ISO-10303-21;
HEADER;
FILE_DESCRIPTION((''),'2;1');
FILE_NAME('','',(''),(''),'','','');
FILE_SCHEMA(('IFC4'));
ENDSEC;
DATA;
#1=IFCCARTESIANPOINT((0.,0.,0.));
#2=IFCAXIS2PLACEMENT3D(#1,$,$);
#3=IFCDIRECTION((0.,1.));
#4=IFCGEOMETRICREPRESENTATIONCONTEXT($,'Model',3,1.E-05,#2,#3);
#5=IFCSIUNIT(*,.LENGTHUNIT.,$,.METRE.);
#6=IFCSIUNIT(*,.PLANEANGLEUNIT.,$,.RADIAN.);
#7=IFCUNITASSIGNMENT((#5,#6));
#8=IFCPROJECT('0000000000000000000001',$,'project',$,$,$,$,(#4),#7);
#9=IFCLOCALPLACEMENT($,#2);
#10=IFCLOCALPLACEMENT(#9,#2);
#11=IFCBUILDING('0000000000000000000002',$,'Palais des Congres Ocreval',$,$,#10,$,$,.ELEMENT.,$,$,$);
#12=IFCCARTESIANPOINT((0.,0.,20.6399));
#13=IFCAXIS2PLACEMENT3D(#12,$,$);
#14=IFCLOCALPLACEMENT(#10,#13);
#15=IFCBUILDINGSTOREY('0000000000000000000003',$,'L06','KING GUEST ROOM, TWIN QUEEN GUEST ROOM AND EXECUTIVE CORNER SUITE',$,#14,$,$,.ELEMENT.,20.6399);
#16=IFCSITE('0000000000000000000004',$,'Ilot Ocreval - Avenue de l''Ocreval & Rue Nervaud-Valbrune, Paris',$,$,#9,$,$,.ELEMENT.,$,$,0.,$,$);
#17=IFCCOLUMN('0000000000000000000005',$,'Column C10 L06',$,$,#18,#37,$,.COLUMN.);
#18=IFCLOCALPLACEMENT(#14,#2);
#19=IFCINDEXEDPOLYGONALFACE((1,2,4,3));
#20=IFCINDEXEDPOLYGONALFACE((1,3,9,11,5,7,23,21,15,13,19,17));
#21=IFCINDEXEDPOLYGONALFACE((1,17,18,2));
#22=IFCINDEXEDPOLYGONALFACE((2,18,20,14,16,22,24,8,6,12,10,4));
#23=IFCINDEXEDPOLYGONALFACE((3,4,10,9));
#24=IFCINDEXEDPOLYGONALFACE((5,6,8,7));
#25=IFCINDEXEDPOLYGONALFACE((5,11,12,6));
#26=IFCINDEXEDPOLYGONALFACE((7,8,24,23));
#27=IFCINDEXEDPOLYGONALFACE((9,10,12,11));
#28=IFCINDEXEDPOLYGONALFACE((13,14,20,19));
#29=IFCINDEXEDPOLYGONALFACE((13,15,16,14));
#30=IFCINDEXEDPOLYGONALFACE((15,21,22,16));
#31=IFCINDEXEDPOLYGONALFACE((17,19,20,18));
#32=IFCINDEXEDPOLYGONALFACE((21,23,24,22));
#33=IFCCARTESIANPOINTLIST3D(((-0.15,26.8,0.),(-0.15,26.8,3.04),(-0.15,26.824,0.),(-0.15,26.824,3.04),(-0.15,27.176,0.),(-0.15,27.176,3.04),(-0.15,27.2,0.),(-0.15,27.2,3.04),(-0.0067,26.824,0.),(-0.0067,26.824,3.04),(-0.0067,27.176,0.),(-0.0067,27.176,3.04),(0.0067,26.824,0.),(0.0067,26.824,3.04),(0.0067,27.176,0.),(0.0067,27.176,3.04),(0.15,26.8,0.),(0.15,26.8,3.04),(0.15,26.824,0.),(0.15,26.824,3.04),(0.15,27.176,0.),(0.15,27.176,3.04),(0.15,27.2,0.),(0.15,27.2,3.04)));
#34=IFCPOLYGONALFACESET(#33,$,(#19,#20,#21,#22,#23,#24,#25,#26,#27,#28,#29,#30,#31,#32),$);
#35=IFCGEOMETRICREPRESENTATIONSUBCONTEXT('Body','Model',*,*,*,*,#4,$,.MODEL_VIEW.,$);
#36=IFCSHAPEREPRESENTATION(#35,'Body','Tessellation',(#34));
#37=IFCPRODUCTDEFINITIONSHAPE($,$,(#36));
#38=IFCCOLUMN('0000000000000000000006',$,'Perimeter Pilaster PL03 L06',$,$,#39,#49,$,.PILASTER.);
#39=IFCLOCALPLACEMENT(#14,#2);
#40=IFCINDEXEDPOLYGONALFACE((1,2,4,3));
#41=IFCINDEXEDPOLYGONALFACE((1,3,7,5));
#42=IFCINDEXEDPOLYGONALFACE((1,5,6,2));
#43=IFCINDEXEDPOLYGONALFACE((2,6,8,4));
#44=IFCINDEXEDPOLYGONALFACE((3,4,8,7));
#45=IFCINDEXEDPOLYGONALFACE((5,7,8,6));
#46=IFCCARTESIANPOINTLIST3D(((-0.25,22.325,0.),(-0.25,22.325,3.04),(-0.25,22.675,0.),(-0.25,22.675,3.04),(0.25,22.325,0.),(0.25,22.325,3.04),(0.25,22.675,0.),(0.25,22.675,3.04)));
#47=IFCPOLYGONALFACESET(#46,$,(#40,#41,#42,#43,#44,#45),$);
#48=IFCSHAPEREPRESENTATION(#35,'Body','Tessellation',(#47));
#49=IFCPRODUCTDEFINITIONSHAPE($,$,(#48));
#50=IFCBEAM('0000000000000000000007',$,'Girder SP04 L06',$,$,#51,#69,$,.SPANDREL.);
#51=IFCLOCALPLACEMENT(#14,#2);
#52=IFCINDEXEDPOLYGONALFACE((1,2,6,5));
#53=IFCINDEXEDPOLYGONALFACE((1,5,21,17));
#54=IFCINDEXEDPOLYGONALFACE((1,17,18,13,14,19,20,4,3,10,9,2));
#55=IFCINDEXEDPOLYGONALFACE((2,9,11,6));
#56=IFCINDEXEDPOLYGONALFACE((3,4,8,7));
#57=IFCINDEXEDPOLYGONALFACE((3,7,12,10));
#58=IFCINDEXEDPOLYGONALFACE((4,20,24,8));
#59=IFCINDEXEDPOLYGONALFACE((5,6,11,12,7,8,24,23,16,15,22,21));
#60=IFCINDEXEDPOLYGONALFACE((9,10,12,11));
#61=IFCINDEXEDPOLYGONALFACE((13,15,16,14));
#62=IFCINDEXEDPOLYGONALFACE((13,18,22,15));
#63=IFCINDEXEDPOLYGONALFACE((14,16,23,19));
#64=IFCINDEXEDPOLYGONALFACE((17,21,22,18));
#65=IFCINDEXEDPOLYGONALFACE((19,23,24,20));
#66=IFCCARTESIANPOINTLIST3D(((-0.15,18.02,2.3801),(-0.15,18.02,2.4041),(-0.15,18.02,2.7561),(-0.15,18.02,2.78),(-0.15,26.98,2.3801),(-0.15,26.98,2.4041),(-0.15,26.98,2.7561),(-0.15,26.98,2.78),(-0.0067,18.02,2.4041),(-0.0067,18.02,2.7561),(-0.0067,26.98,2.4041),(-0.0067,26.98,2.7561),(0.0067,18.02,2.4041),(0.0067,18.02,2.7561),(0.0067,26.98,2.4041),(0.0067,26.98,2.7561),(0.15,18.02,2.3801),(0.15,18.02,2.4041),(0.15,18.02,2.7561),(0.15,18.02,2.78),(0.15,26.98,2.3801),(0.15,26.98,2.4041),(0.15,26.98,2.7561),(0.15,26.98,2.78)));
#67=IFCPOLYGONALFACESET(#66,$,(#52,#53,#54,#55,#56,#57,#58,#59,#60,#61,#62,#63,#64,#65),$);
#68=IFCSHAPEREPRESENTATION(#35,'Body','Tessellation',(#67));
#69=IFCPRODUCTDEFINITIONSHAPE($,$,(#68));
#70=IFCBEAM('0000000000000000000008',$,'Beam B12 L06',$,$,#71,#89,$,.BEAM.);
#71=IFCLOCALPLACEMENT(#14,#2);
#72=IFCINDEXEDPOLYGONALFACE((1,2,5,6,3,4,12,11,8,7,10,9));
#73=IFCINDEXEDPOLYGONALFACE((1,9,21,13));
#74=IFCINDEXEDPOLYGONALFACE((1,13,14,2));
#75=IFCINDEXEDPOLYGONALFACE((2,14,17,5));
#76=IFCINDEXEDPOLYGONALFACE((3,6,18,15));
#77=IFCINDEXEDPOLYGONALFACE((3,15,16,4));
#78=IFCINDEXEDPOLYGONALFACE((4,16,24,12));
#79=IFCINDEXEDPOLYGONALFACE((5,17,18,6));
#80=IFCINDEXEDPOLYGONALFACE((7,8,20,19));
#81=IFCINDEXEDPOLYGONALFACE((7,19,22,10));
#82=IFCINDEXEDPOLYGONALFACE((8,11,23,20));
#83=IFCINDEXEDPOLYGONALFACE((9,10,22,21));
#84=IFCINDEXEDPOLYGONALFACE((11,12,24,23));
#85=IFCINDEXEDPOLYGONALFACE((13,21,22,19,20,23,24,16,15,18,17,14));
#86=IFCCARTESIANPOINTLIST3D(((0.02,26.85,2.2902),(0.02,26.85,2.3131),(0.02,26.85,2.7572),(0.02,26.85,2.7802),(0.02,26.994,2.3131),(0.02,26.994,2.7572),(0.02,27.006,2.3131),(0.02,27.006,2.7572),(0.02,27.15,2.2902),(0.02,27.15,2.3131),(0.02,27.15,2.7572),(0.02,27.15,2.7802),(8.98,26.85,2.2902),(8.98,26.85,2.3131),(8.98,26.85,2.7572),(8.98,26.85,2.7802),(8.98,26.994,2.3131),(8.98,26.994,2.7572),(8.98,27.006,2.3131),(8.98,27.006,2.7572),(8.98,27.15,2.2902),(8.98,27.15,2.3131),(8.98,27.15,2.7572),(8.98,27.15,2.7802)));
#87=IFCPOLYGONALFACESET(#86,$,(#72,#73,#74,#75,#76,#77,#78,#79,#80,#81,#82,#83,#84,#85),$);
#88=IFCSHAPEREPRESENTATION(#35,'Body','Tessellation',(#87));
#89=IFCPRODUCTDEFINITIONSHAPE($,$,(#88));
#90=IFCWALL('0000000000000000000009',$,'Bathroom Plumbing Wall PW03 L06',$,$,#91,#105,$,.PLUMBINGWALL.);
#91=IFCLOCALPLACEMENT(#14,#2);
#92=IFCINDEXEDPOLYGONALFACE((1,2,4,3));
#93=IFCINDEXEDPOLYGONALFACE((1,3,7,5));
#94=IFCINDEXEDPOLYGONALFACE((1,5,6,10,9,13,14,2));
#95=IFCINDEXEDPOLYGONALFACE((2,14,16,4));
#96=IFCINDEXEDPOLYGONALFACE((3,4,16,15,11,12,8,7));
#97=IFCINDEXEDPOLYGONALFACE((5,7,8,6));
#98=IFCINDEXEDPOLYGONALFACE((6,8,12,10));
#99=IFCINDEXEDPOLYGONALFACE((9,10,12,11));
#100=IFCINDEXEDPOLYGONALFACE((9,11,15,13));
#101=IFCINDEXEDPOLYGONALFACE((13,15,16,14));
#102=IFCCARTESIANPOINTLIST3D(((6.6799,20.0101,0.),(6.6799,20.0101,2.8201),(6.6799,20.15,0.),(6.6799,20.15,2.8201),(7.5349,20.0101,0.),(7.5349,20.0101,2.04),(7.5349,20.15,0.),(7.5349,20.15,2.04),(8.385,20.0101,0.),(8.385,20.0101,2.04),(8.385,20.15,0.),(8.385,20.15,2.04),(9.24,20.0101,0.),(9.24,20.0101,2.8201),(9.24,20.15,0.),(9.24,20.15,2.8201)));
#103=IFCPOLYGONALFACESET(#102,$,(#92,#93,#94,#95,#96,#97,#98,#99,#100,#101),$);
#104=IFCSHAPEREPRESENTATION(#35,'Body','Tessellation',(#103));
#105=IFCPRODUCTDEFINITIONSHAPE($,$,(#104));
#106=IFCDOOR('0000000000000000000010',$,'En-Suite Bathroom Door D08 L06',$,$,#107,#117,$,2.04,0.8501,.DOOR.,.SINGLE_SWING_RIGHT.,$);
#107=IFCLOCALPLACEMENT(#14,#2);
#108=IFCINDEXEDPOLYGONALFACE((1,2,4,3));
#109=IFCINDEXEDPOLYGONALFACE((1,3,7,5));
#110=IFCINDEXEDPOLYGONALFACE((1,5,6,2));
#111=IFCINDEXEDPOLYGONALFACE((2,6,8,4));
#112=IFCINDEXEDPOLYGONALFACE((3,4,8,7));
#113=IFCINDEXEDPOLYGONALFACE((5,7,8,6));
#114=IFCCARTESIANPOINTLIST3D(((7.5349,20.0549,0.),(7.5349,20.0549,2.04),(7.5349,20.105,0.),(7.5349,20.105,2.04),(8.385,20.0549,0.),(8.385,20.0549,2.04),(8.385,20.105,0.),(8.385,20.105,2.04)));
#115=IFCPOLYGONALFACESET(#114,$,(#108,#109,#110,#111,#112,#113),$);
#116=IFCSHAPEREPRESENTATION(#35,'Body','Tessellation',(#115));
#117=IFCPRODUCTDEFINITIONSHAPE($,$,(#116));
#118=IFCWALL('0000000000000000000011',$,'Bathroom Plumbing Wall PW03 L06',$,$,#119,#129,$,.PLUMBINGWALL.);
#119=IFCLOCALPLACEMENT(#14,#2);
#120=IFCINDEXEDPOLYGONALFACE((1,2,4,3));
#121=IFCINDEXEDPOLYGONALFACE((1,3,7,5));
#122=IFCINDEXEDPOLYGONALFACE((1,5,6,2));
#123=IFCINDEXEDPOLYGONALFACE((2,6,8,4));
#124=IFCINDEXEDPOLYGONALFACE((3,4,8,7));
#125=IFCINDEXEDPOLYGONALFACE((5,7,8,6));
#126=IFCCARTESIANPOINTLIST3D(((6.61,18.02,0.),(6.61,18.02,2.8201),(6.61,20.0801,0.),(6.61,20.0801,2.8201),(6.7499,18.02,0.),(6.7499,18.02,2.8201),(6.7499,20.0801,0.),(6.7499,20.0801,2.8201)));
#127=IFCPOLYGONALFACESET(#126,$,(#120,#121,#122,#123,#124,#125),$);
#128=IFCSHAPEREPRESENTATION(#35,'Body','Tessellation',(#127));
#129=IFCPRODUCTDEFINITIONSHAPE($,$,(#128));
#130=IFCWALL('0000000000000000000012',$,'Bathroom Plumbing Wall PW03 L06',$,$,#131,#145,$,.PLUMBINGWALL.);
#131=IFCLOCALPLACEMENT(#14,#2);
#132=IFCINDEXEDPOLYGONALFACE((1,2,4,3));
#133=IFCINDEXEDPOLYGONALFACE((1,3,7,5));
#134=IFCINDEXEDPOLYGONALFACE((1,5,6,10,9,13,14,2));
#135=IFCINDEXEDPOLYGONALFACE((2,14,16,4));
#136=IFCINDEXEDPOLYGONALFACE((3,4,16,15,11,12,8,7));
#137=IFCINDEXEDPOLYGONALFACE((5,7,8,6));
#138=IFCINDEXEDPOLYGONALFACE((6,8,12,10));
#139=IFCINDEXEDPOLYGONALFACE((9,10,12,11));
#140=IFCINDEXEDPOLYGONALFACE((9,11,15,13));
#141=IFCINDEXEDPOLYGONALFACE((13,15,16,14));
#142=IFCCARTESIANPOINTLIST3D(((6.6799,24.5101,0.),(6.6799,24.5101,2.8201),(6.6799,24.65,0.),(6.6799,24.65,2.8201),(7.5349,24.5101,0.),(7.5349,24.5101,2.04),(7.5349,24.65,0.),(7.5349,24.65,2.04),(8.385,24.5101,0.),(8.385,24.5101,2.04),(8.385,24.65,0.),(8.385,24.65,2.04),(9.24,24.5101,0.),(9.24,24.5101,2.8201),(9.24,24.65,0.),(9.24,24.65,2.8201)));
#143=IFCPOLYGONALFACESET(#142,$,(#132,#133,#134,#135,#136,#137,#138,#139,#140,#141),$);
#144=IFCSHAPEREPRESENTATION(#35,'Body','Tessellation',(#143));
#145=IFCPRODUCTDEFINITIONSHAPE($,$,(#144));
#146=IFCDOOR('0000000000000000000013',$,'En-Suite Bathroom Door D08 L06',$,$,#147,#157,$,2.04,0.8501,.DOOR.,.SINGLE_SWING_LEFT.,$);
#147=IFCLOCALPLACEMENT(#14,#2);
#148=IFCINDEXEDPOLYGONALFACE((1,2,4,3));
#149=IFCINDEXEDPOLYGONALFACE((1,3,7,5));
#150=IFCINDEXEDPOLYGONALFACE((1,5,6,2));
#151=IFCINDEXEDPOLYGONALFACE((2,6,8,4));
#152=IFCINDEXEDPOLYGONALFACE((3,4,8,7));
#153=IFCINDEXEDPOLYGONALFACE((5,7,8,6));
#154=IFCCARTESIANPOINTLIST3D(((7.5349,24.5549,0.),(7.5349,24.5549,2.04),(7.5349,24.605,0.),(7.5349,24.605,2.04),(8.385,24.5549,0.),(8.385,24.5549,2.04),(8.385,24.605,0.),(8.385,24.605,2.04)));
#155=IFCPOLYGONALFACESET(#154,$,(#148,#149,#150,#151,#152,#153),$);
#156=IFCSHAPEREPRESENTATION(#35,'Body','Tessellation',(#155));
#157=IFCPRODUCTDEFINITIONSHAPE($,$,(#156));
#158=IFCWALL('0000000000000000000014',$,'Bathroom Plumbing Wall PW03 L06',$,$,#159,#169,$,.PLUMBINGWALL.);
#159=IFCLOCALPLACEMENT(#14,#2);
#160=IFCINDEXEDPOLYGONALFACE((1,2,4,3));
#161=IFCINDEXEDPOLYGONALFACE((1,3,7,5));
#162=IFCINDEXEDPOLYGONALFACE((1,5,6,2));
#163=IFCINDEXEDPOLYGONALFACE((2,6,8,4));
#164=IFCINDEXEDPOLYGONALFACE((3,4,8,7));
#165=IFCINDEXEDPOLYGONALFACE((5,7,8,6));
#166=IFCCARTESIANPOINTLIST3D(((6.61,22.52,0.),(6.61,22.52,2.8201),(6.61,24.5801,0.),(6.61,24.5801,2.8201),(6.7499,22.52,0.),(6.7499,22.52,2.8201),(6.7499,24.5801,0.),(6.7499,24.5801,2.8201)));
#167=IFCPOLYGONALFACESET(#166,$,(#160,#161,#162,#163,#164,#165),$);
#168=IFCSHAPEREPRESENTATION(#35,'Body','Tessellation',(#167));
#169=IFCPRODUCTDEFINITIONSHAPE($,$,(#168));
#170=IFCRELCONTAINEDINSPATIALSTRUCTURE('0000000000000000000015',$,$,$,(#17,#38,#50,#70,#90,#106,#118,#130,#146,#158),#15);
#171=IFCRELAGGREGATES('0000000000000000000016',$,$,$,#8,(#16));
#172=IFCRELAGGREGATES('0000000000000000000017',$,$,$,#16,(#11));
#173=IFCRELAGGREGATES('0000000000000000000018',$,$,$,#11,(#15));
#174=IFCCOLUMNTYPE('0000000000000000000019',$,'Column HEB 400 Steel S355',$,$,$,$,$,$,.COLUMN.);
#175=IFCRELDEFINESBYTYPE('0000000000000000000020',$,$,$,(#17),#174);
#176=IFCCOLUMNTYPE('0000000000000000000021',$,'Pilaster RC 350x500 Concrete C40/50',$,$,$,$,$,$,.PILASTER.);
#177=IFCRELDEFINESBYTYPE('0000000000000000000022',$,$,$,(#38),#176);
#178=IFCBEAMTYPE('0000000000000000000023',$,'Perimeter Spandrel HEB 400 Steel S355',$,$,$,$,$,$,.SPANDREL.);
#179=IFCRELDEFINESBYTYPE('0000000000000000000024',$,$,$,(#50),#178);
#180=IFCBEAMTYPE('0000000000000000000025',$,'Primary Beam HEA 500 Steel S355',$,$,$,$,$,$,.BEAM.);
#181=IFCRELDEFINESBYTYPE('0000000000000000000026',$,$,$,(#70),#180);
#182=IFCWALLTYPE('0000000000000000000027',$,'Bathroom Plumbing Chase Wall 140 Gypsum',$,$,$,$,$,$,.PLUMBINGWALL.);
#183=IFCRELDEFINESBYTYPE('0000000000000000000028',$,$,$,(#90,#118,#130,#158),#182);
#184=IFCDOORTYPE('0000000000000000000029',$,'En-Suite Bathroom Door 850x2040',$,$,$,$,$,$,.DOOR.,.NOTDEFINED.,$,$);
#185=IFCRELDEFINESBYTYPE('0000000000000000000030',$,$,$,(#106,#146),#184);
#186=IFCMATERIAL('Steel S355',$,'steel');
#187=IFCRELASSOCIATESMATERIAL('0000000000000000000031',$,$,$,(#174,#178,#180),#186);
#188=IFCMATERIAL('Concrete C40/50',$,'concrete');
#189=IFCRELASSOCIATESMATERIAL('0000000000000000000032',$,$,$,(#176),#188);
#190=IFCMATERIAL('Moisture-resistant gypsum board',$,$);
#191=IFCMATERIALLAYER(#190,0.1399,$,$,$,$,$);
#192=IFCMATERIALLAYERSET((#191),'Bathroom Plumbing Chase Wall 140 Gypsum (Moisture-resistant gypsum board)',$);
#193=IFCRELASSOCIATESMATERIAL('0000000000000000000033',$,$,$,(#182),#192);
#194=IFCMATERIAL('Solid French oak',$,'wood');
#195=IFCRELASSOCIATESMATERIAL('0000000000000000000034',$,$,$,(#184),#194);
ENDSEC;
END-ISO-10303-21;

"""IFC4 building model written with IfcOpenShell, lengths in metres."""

from ifc_helpers import new_model, si_unit, direction, frame, frame_2d, origin, origin_2d, place, context, subcontext, project, spatial, rectangle, i_section, extrude, material, layer, layer_set, material_profile, profile_set, type_object, element, fill, save


model = new_model("IFC4")

# Units and contexts
model_context = context("Model", 3, precision=1e-05, world=origin(), true_north=direction((0.0, 1.0)))
body_context = subcontext(model_context, "Body", "Model", "MODEL_VIEW")
ifc_project = project(units=[si_unit("LENGTHUNIT", "METRE"), si_unit("PLANEANGLEUNIT", "RADIAN")], contexts=[model_context])

# Site, building, storey
site_placement = place(None, origin())
site = spatial("IfcSite", under=ifc_project, at=site_placement, Name="Ilot Ocreval - Avenue de l'Ocreval & Rue Nervaud-Valbrune, Paris", CompositionType="ELEMENT", RefElevation=0.0)
building_placement = place(site_placement, origin())
building = spatial("IfcBuilding", under=site, at=building_placement, Name="Palais des Congres Ocreval", CompositionType="ELEMENT")
storey_placement = place(building_placement, frame((0.0, 0.0, 20.6399)))
storey = spatial("IfcBuildingStorey", under=building, at=storey_placement, Name="L06", Description="KING GUEST ROOM, TWIN QUEEN GUEST ROOM AND EXECUTIVE CORNER SUITE", CompositionType="ELEMENT", Elevation=20.6399)

# Columns
ifc_material_1 = material(Name="Steel S355", Category="steel")
ifc_material_profile_1 = material_profile(ifc_material_1, i_section(OverallWidth=0.3, OverallDepth=0.3999, WebThickness=0.0134, FlangeThickness=0.0239, at=origin_2d()), Name="HEB 400")
ifc_profile_set_1 = profile_set([ifc_material_profile_1], Name="Steel S355")
column_type_1 = type_object("IfcColumnType", Name="Column HEB 400 Steel S355", PredefinedType="COLUMN", material=ifc_profile_set_1)
column_1_placement = place(storey_placement, frame((0.0, 27.0, 0.0), z_axis=(0.0, 0.0, 1.0), x_axis=(1.0, 0.0, 0.0)))
element("IfcColumn", 1, at=column_1_placement, inside=storey, type_object=column_type_1, Name="Column C10 L06", PredefinedType="COLUMN", context=body_context, shape_type="SweptSolid", body=[
    extrude(i_section(OverallWidth=0.3, OverallDepth=0.3999, WebThickness=0.0134, FlangeThickness=0.0239, at=origin_2d()), origin(), (0.0, 0.0, 1.0), 3.04),
])
ifc_material_2 = material(Name="Concrete C40/50", Category="concrete")
ifc_material_profile_2 = material_profile(ifc_material_2, rectangle(XDim=0.3501, YDim=0.5, at=origin_2d()), Name="RC 350x500")
ifc_profile_set_2 = profile_set([ifc_material_profile_2], Name="Concrete C40/50")
column_type_2 = type_object("IfcColumnType", Name="Pilaster RC 350x500 Concrete C40/50", PredefinedType="PILASTER", material=ifc_profile_set_2)
column_2_placement = place(storey_placement, frame((0.0, 22.5, 0.0), z_axis=(0.0, 0.0, 1.0), x_axis=(0.0, 1.0, 0.0)))
element("IfcColumn", 2, at=column_2_placement, inside=storey, type_object=column_type_2, Name="Perimeter Pilaster PL03 L06", PredefinedType="PILASTER", context=body_context, shape_type="SweptSolid", body=[
    extrude(rectangle(XDim=0.3501, YDim=0.5, at=origin_2d()), origin(), (0.0, 0.0, 1.0), 3.04),
])

# Beams
ifc_material_profile_3 = material_profile(ifc_material_1, i_section(OverallWidth=0.3, OverallDepth=0.3999, WebThickness=0.0134, FlangeThickness=0.0239, at=origin_2d()), Name="HEB 400")
ifc_profile_set_3 = profile_set([ifc_material_profile_3], Name="Steel S355")
beam_type_1 = type_object("IfcBeamType", Name="Perimeter Spandrel HEB 400 Steel S355", PredefinedType="SPANDREL", material=ifc_profile_set_3)
beam_1_placement = place(storey_placement, frame((0.0, 18.02, 2.5801), z_axis=(0.0, 1.0, 0.0), x_axis=(-1.0, 0.0, 0.0)))
element("IfcBeam", 3, at=beam_1_placement, inside=storey, type_object=beam_type_1, Name="Girder SP04 L06", PredefinedType="SPANDREL", context=body_context, shape_type="SweptSolid", body=[
    extrude(i_section(OverallWidth=0.3, OverallDepth=0.3999, WebThickness=0.0134, FlangeThickness=0.0239, at=origin_2d()), origin(), (0.0, 0.0, 1.0), 8.96),
])
ifc_material_profile_4 = material_profile(ifc_material_1, i_section(OverallWidth=0.3, OverallDepth=0.49, WebThickness=0.012, FlangeThickness=0.0229, at=origin_2d()), Name="HEA 500")
ifc_profile_set_4 = profile_set([ifc_material_profile_4], Name="Steel S355")
beam_type_2 = type_object("IfcBeamType", Name="Primary Beam HEA 500 Steel S355", PredefinedType="BEAM", material=ifc_profile_set_4)
beam_2_placement = place(storey_placement, frame((0.02, 27.0, 2.5352), z_axis=(1.0, 0.0, 0.0), x_axis=(0.0, 1.0, 0.0)))
element("IfcBeam", 4, at=beam_2_placement, inside=storey, type_object=beam_type_2, Name="Beam B12 L06", PredefinedType="BEAM", context=body_context, shape_type="SweptSolid", body=[
    extrude(i_section(OverallWidth=0.3, OverallDepth=0.49, WebThickness=0.012, FlangeThickness=0.0229, at=origin_2d()), origin(), (0.0, 0.0, 1.0), 8.96),
])

# Wall, opening, door
ifc_material_3 = material(Name="Moisture-resistant gypsum board")
ifc_layer_1 = layer(ifc_material_3, 0.1399)
ifc_layer_set_1 = layer_set([ifc_layer_1], Name="Bathroom Plumbing Chase Wall 140 Gypsum (Moisture-resistant gypsum board)")
wall_type_1 = type_object("IfcWallType", Name="Bathroom Plumbing Chase Wall 140 Gypsum", PredefinedType="PLUMBINGWALL", material=ifc_layer_set_1)
wall_1_placement = place(storey_placement, frame((6.6799, 20.0801, 0.0), z_axis=(0.0, 0.0, 1.0), x_axis=(1.0, 0.0, 0.0)))
wall_1 = element("IfcWall", 5, at=wall_1_placement, inside=storey, type_object=wall_type_1, Name="Bathroom Plumbing Wall PW03 L06", PredefinedType="PLUMBINGWALL", context=body_context, shape_type="SweptSolid", body=[
    extrude(rectangle(XDim=2.5601, YDim=0.1399, at=frame_2d((1.28, 0.0))), origin(), (0.0, 0.0, 1.0), 2.8201),
])
opening_1_placement = place(wall_1_placement, frame((0.855, 0.0, 0.0)))
opening_1 = element("IfcOpeningElement", 6, at=opening_1_placement, cuts=wall_1, PredefinedType="OPENING", context=body_context, shape_type="SweptSolid", body=[
    extrude(rectangle(XDim=0.8501, YDim=2.04, at=frame_2d((0.425, 1.02))), frame((0.0, 0.0798, 0.0), z_axis=(0.0, -1.0, 0.0), x_axis=(1.0, 0.0, 0.0)), (0.0, 0.0, 1.0), 0.1599),
])
ifc_material_4 = material(Name="Solid French oak", Category="wood")
door_type = type_object("IfcDoorType", Name="En-Suite Bathroom Door 850x2040", OperationType="NOTDEFINED", PredefinedType="DOOR", material=ifc_material_4)
door_1_placement = place(opening_1_placement, origin())
door_1 = element("IfcDoor", 7, at=door_1_placement, inside=storey, type_object=door_type, Name="En-Suite Bathroom Door D08 L06", OperationType="SINGLE_SWING_RIGHT", OverallHeight=2.04, OverallWidth=0.8501, PredefinedType="DOOR", context=body_context, shape_type="SweptSolid", body=[
    extrude(rectangle(XDim=0.8501, YDim=2.04, at=frame_2d((0.425, 1.02))), frame((0.0, 0.0249, 0.0), z_axis=(0.0, -1.0, 0.0), x_axis=(1.0, 0.0, 0.0)), (0.0, 0.0, 1.0), 0.05),
])
fill(opening_1, door_1)

# Wall
wall_2_placement = place(storey_placement, frame((6.6799, 18.02, 0.0), z_axis=(0.0, 0.0, 1.0), x_axis=(0.0, 1.0, 0.0)))
element("IfcWall", 8, at=wall_2_placement, inside=storey, type_object=wall_type_1, Name="Bathroom Plumbing Wall PW03 L06", PredefinedType="PLUMBINGWALL", context=body_context, shape_type="SweptSolid", body=[
    extrude(rectangle(XDim=2.0601, YDim=0.1399, at=frame_2d((1.03, 0.0))), origin(), (0.0, 0.0, 1.0), 2.8201),
])

# Wall, opening, door
wall_3_placement = place(storey_placement, frame((6.6799, 24.5801, 0.0), z_axis=(0.0, 0.0, 1.0), x_axis=(1.0, 0.0, 0.0)))
wall_3 = element("IfcWall", 9, at=wall_3_placement, inside=storey, type_object=wall_type_1, Name="Bathroom Plumbing Wall PW03 L06", PredefinedType="PLUMBINGWALL", context=body_context, shape_type="SweptSolid", body=[
    extrude(rectangle(XDim=2.5601, YDim=0.1399, at=frame_2d((1.28, 0.0))), origin(), (0.0, 0.0, 1.0), 2.8201),
])
opening_2_placement = place(wall_3_placement, frame((0.855, 0.0, 0.0)))
opening_2 = element("IfcOpeningElement", 10, at=opening_2_placement, cuts=wall_3, PredefinedType="OPENING", context=body_context, shape_type="SweptSolid", body=[
    extrude(rectangle(XDim=0.8501, YDim=2.04, at=frame_2d((0.425, 1.02))), frame((0.0, 0.0798, 0.0), z_axis=(0.0, -1.0, 0.0), x_axis=(1.0, 0.0, 0.0)), (0.0, 0.0, 1.0), 0.1599),
])
door_2_placement = place(opening_2_placement, origin())
door_2 = element("IfcDoor", 11, at=door_2_placement, inside=storey, type_object=door_type, Name="En-Suite Bathroom Door D08 L06", OperationType="SINGLE_SWING_LEFT", OverallHeight=2.04, OverallWidth=0.8501, PredefinedType="DOOR", context=body_context, shape_type="SweptSolid", body=[
    extrude(rectangle(XDim=0.8501, YDim=2.04, at=frame_2d((0.425, 1.02))), frame((0.0, 0.0249, 0.0), z_axis=(0.0, -1.0, 0.0), x_axis=(1.0, 0.0, 0.0)), (0.0, 0.0, 1.0), 0.05),
])
fill(opening_2, door_2)

# Wall
wall_4_placement = place(storey_placement, frame((6.6799, 22.52, 0.0), z_axis=(0.0, 0.0, 1.0), x_axis=(0.0, 1.0, 0.0)))
element("IfcWall", 12, at=wall_4_placement, inside=storey, type_object=wall_type_1, Name="Bathroom Plumbing Wall PW03 L06", PredefinedType="PLUMBINGWALL", context=body_context, shape_type="SweptSolid", body=[
    extrude(rectangle(XDim=2.0601, YDim=0.1399, at=frame_2d((1.03, 0.0))), origin(), (0.0, 0.0, 1.0), 2.8201),
])

save(model, "model.ifc")
